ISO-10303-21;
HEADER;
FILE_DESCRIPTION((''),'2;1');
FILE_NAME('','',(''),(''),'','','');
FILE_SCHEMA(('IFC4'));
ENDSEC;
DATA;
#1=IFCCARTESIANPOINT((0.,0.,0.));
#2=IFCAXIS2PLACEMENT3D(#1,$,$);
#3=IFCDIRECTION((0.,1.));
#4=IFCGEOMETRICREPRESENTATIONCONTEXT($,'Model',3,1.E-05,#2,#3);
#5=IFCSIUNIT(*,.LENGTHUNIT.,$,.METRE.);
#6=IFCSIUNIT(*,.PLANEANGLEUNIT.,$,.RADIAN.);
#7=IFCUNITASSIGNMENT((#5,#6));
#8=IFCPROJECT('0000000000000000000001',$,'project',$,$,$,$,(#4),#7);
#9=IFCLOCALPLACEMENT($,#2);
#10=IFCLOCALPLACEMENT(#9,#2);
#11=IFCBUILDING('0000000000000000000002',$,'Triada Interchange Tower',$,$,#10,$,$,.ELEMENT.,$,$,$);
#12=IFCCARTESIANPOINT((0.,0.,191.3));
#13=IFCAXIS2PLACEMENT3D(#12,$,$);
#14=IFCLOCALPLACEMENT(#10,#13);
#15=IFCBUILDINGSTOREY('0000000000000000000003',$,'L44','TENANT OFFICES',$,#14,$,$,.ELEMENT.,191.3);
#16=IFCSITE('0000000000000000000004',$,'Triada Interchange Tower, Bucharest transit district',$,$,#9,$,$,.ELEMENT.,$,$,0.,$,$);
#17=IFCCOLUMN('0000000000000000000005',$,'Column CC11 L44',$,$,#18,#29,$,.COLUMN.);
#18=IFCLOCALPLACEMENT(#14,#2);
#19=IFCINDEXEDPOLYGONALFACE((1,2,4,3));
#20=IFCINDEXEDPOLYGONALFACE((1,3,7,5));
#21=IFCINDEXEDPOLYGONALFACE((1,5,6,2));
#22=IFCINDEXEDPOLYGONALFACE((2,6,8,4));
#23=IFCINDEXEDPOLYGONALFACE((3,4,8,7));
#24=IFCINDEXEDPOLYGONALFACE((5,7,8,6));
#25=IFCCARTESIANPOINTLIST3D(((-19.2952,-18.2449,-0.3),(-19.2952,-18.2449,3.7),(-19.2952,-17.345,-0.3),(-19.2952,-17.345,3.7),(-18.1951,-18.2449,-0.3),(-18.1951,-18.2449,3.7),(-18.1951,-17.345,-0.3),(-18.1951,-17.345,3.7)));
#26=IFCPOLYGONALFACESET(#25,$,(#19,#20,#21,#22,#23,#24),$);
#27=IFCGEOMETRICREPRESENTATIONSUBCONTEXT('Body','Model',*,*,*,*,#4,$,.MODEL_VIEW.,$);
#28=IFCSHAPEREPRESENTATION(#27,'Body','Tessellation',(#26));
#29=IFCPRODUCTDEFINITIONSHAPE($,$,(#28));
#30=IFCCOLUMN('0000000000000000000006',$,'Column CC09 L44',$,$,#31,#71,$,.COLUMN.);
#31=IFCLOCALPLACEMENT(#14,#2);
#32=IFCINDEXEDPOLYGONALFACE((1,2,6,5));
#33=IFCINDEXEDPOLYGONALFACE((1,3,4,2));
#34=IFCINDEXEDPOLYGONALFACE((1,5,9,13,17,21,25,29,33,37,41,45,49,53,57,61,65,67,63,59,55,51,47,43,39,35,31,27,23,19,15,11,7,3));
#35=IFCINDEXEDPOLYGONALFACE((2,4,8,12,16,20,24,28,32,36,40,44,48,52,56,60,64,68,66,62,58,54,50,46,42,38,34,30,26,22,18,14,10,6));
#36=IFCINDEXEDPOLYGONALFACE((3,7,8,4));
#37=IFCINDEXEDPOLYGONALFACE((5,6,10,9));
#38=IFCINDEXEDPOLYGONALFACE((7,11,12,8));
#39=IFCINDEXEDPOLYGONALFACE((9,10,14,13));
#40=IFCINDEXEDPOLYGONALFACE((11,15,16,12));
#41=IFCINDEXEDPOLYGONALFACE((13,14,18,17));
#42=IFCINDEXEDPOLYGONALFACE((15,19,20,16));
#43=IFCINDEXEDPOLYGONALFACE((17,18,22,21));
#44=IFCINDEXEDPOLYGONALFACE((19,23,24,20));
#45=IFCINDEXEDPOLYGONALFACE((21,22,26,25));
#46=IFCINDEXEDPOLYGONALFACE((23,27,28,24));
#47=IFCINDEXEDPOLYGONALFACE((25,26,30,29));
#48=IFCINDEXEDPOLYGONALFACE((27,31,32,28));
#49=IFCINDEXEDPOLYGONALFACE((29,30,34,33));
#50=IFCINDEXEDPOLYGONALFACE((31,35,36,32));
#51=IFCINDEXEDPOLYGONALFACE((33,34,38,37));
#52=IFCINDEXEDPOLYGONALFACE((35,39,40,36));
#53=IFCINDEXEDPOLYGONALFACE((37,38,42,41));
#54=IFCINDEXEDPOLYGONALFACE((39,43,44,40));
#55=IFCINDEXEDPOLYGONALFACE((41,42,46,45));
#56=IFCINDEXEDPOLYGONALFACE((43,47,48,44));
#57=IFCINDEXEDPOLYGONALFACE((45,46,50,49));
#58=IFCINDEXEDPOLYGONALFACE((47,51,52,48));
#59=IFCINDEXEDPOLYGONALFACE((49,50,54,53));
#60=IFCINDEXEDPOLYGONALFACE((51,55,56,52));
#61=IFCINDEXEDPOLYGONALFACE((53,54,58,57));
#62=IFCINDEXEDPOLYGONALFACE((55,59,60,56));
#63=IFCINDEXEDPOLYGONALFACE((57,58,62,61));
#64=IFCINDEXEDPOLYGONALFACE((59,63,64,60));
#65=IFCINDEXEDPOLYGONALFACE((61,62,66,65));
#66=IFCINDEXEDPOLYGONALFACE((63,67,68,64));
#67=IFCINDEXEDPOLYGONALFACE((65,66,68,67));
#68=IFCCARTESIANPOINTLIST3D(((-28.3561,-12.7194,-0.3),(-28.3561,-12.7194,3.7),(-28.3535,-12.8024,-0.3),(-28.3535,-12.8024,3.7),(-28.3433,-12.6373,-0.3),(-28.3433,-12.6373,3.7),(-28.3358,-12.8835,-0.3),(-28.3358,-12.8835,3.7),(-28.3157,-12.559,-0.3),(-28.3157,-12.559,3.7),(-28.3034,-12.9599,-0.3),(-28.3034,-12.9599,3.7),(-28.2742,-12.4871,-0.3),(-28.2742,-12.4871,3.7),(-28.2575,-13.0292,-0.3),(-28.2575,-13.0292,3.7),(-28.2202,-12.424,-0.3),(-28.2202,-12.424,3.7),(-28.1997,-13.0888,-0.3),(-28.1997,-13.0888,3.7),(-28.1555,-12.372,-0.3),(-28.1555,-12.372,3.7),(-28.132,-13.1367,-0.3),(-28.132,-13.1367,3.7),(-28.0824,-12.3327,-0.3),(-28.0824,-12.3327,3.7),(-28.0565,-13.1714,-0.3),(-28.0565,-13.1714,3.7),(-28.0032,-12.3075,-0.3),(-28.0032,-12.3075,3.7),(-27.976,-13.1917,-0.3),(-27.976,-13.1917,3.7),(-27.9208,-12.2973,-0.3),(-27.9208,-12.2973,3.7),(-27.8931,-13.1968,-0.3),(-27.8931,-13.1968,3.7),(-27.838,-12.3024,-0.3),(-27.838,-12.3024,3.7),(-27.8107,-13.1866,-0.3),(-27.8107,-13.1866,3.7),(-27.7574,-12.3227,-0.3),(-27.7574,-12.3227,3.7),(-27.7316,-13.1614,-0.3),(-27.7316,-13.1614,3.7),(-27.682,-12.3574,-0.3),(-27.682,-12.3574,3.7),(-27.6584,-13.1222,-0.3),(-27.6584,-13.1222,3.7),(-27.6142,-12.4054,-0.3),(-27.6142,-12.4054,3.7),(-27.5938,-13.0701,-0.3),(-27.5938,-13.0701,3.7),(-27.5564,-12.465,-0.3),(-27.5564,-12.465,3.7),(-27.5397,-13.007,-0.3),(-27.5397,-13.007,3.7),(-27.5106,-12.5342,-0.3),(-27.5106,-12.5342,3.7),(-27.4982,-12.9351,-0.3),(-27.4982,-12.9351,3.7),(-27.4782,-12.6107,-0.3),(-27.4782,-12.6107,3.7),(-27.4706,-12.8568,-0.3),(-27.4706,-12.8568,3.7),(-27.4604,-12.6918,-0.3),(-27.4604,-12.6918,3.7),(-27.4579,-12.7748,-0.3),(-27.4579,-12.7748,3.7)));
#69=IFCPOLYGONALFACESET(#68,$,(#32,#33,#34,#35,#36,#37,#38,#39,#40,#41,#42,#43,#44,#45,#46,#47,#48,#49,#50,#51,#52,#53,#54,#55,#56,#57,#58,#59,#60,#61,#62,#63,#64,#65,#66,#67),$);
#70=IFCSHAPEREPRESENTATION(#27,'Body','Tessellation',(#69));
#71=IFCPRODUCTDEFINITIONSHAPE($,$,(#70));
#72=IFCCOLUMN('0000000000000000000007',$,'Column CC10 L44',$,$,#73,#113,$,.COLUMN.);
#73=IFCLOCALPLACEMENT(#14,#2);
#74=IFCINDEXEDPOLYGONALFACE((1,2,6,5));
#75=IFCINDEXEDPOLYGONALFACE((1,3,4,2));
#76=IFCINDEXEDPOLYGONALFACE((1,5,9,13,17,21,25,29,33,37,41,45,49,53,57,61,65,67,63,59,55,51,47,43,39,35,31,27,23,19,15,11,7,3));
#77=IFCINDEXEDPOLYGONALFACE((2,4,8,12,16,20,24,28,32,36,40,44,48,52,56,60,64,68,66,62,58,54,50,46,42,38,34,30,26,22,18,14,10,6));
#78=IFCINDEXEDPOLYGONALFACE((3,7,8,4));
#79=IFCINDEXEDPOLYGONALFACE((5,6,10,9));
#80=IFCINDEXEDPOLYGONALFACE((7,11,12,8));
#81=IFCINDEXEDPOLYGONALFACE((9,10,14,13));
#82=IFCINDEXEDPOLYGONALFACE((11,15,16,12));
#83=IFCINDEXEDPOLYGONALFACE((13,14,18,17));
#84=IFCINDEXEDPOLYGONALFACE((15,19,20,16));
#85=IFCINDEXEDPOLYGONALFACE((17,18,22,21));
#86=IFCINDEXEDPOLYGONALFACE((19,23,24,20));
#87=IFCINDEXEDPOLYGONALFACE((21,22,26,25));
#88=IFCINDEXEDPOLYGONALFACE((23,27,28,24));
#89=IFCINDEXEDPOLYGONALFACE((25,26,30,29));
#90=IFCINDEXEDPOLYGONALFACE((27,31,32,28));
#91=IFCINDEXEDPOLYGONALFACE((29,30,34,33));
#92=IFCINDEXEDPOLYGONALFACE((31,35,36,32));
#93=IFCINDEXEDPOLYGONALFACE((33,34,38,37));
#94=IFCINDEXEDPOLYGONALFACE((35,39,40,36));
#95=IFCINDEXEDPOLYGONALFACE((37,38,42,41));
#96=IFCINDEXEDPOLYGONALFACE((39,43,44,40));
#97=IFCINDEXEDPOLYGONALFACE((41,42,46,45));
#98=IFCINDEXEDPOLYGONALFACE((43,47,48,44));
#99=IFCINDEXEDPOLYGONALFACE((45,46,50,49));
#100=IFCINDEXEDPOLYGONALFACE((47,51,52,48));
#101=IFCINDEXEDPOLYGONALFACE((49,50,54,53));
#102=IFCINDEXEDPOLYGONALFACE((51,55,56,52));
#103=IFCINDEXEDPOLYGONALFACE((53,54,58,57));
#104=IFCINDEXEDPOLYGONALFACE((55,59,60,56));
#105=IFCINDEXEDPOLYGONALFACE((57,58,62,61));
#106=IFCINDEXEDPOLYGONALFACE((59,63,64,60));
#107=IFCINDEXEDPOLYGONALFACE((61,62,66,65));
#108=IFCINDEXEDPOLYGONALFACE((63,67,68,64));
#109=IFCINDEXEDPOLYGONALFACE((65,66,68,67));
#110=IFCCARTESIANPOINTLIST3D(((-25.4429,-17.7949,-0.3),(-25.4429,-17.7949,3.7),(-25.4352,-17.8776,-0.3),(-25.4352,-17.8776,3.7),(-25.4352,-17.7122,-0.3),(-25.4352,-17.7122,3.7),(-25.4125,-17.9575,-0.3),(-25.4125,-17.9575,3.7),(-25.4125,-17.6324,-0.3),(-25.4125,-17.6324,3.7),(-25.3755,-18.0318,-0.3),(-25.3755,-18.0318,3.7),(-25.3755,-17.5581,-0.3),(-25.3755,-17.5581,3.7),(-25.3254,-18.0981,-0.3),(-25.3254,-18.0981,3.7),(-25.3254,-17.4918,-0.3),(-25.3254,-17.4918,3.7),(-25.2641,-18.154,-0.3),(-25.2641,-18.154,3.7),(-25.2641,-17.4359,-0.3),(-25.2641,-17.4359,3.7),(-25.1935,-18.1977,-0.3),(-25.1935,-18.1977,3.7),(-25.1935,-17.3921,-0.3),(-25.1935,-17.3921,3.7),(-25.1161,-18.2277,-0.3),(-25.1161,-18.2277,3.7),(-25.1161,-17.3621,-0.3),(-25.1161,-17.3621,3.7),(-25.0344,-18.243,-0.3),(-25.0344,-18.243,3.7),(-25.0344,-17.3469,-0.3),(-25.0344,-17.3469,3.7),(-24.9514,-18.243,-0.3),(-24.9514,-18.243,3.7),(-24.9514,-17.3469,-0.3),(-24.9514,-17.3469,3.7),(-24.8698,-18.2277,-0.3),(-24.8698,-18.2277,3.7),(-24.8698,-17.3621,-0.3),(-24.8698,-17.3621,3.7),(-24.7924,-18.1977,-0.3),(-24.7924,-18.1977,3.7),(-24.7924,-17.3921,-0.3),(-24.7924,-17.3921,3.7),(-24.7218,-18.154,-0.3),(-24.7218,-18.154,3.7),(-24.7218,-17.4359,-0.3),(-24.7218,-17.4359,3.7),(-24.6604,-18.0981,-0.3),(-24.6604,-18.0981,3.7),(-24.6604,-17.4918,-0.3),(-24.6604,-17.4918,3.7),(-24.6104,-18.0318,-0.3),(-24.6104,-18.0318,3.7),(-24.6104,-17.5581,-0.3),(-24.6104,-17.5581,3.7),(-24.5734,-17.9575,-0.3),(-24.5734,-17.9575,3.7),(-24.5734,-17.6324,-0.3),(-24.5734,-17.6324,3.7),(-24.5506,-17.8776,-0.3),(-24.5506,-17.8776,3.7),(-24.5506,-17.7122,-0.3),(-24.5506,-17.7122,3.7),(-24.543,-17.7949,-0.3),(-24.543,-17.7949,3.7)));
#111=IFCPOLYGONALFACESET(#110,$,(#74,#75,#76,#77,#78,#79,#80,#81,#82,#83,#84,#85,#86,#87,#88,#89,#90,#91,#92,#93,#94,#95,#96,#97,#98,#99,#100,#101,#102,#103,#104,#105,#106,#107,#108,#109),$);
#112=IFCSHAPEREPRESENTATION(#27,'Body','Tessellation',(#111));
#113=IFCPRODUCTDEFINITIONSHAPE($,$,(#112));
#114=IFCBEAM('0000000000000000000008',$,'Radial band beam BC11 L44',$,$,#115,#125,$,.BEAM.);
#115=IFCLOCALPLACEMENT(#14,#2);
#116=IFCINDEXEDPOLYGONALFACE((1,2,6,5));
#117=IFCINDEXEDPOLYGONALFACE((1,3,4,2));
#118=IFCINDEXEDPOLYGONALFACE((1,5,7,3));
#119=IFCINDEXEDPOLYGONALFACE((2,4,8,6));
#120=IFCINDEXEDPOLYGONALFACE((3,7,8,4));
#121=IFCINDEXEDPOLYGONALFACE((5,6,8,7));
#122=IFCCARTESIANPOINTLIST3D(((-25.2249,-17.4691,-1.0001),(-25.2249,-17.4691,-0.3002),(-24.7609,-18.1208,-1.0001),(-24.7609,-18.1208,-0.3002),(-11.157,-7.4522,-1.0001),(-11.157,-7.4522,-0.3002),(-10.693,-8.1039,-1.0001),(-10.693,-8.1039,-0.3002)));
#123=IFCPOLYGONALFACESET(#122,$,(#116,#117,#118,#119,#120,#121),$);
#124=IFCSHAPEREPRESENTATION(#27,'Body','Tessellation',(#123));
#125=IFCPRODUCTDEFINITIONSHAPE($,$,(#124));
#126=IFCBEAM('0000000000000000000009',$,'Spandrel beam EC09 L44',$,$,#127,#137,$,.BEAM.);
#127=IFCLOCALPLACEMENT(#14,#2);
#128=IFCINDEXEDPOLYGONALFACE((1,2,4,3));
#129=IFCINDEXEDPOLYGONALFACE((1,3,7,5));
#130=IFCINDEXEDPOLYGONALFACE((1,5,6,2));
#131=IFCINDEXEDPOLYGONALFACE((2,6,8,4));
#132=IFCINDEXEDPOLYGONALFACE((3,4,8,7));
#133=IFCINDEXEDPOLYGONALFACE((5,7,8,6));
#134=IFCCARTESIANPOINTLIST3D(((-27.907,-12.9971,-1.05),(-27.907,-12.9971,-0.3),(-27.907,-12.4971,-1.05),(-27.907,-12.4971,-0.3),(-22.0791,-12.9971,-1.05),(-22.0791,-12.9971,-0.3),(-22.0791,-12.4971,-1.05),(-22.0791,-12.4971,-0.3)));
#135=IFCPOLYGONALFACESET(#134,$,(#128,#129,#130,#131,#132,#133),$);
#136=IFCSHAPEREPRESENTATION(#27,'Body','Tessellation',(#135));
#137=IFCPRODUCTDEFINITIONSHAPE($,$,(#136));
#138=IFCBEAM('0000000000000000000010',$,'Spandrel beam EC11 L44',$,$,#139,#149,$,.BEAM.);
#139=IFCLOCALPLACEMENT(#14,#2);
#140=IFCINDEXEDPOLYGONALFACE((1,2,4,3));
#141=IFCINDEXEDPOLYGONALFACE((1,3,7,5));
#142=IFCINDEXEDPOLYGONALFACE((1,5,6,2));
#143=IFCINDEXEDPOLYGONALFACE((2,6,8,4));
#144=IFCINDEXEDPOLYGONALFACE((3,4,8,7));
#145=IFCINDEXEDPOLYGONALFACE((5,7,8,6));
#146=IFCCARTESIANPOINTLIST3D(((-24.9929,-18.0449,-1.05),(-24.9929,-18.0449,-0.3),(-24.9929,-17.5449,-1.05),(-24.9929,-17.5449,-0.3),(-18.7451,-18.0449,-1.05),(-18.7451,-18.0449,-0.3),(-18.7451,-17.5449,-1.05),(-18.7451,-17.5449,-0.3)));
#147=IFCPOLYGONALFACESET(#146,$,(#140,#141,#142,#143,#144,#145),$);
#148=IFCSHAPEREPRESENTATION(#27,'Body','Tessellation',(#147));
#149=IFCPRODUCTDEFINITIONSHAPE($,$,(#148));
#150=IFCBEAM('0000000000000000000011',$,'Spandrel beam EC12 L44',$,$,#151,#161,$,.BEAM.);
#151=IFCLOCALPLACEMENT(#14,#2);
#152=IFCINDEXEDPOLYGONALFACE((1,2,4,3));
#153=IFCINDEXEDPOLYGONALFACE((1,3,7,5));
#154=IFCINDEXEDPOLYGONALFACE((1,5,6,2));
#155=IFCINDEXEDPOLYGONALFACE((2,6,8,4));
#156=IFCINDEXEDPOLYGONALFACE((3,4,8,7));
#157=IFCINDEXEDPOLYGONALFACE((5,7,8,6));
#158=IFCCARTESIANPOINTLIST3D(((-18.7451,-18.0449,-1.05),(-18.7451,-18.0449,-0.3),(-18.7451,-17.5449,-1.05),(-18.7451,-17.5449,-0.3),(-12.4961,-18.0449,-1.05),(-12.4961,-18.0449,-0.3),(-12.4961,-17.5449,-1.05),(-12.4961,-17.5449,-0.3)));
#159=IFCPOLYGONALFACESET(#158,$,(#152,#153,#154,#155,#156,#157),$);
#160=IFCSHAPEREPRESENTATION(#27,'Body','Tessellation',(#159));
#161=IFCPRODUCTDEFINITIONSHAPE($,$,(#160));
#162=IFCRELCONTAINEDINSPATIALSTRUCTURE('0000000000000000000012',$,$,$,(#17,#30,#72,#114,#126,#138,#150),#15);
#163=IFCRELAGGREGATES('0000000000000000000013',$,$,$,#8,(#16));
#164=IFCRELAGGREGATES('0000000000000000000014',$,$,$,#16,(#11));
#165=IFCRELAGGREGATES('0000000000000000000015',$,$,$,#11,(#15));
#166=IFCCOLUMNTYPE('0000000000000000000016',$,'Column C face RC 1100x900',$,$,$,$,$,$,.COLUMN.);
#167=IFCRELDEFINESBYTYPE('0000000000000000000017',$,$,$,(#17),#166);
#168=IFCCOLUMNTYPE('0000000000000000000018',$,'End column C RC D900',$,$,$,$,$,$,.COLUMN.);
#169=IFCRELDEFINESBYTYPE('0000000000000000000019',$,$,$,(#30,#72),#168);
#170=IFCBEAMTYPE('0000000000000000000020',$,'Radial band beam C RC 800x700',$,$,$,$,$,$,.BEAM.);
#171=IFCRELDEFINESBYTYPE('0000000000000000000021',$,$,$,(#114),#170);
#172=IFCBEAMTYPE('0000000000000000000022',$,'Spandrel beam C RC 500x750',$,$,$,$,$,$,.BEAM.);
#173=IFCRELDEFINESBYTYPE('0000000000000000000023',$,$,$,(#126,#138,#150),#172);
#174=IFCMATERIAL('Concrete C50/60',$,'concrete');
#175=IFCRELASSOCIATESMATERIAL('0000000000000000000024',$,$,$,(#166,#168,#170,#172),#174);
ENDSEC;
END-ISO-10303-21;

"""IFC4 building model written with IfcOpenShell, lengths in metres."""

from ifc_helpers import new_model, si_unit, direction, frame, origin, origin_2d, place, context, subcontext, project, spatial, rectangle, circle, extrude, material, material_profile, profile_set, type_object, element, save


model = new_model("IFC4")

# Units and contexts
model_context = context("Model", 3, precision=1e-05, world=origin(), true_north=direction((0.0, 1.0)))
body_context = subcontext(model_context, "Body", "Model", "MODEL_VIEW")
ifc_project = project(units=[si_unit("LENGTHUNIT", "METRE"), si_unit("PLANEANGLEUNIT", "RADIAN")], contexts=[model_context])

# Site, building, storey
site_placement = place(None, origin())
site = spatial("IfcSite", under=ifc_project, at=site_placement, Name="Triada Interchange Tower, Bucharest transit district", CompositionType="ELEMENT", RefElevation=0.0)
building_placement = place(site_placement, origin())
building = spatial("IfcBuilding", under=site, at=building_placement, Name="Triada Interchange Tower", CompositionType="ELEMENT")
storey_placement = place(building_placement, frame((0.0, 0.0, 191.3)))
storey = spatial("IfcBuildingStorey", under=building, at=storey_placement, Name="L44", Description="TENANT OFFICES", CompositionType="ELEMENT", Elevation=191.3)

# Columns
ifc_material_1 = material(Name="Concrete C50/60", Category="concrete")
ifc_material_profile_1 = material_profile(ifc_material_1, rectangle(XDim=1.1001, YDim=0.8999, at=origin_2d()), Name="RC 1100x900")
ifc_profile_set_1 = profile_set([ifc_material_profile_1], Name="Concrete C50/60")
column_type_1 = type_object("IfcColumnType", Name="Column C face RC 1100x900", PredefinedType="COLUMN", material=ifc_profile_set_1)
column_placement = place(storey_placement, frame((-18.7451, -17.7949, -0.3), z_axis=(0.0, 0.0, 1.0), x_axis=(1.0, 0.0, 0.0)))
element("IfcColumn", 1, at=column_placement, inside=storey, type_object=column_type_1, Name="Column CC11 L44", PredefinedType="COLUMN", context=body_context, shape_type="SweptSolid", body=[
    extrude(rectangle(XDim=1.1001, YDim=0.8999, at=origin_2d()), origin(), (0.0, 0.0, 1.0), 4.0),
])
ifc_material_profile_2 = material_profile(ifc_material_1, circle(Radius=0.45, at=origin_2d()), Name="RC D900")
ifc_profile_set_2 = profile_set([ifc_material_profile_2], Name="Concrete C50/60")
column_type_2 = type_object("IfcColumnType", Name="End column C RC D900", PredefinedType="COLUMN", material=ifc_profile_set_2)
for number, where, z_axis, x_axis, name in (
    (2, (-27.907, -12.7471, -0.3), (0.0, 0.0, 1.0), (0.5, 0.866025, 0.0), "Column CC09 L44"),
    (3, (-24.9929, -17.7949, -0.3), (0.0, 0.0, 1.0), (1.0, 0.0, 0.0), "Column CC10 L44"),
):
    element("IfcColumn", number, at=place(storey_placement, frame(where, z_axis=z_axis, x_axis=x_axis)), inside=storey, type_object=column_type_2, Name=name, PredefinedType="COLUMN", context=body_context, shape_type="SweptSolid", body=[
        extrude(circle(Radius=0.45, at=origin_2d()), origin(), (0.0, 0.0, 1.0), 4.0),
    ])

# Beams
ifc_material_profile_3 = material_profile(ifc_material_1, rectangle(XDim=0.8, YDim=0.7, at=origin_2d()), Name="RC 800x700")
ifc_profile_set_3 = profile_set([ifc_material_profile_3], Name="Concrete C50/60")
beam_type_1 = type_object("IfcBeamType", Name="Radial band beam C RC 800x700", PredefinedType="BEAM", material=ifc_profile_set_3)
beam_1_placement = place(storey_placement, frame((-24.9929, -17.7949, -0.6501), z_axis=(0.814599, 0.580025, 0.0), x_axis=(-0.580025, 0.814599, 0.0)))
element("IfcBeam", 4, at=beam_1_placement, inside=storey, type_object=beam_type_1, Name="Radial band beam BC11 L44", PredefinedType="BEAM", context=body_context, shape_type="SweptSolid", body=[
    extrude(rectangle(XDim=0.8, YDim=0.7, at=origin_2d()), origin(), (0.0, 0.0, 1.0), 17.2698),
])
ifc_material_profile_4 = material_profile(ifc_material_1, rectangle(XDim=0.5, YDim=0.75, at=origin_2d()), Name="RC 500x750")
ifc_profile_set_4 = profile_set([ifc_material_profile_4], Name="Concrete C50/60")
beam_type_2 = type_object("IfcBeamType", Name="Spandrel beam C RC 500x750", PredefinedType="BEAM", material=ifc_profile_set_4)
beam_2_placement = place(storey_placement, frame((-27.907, -12.7471, -0.675), z_axis=(1.0, 0.0, 0.0), x_axis=(0.0, 1.0, 0.0)))
element("IfcBeam", 5, at=beam_2_placement, inside=storey, type_object=beam_type_2, Name="Spandrel beam EC09 L44", PredefinedType="BEAM", context=body_context, shape_type="SweptSolid", body=[
    extrude(rectangle(XDim=0.5, YDim=0.75, at=origin_2d()), origin(), (0.0, 0.0, 1.0), 5.8279),
])
beam_3_placement = place(storey_placement, frame((-24.9929, -17.7949, -0.675), z_axis=(1.0, 0.0, 0.0), x_axis=(0.0, 1.0, 0.0)))
element("IfcBeam", 6, at=beam_3_placement, inside=storey, type_object=beam_type_2, Name="Spandrel beam EC11 L44", PredefinedType="BEAM", context=body_context, shape_type="SweptSolid", body=[
    extrude(rectangle(XDim=0.5, YDim=0.75, at=origin_2d()), origin(), (0.0, 0.0, 1.0), 6.2478),
])
beam_4_placement = place(storey_placement, frame((-18.7451, -17.7949, -0.675), z_axis=(1.0, 0.0, 0.0), x_axis=(0.0, 1.0, 0.0)))
element("IfcBeam", 7, at=beam_4_placement, inside=storey, type_object=beam_type_2, Name="Spandrel beam EC12 L44", PredefinedType="BEAM", context=body_context, shape_type="SweptSolid", body=[
    extrude(rectangle(XDim=0.5, YDim=0.75, at=origin_2d()), origin(), (0.0, 0.0, 1.0), 6.249),
])

save(model, "model.ifc")
